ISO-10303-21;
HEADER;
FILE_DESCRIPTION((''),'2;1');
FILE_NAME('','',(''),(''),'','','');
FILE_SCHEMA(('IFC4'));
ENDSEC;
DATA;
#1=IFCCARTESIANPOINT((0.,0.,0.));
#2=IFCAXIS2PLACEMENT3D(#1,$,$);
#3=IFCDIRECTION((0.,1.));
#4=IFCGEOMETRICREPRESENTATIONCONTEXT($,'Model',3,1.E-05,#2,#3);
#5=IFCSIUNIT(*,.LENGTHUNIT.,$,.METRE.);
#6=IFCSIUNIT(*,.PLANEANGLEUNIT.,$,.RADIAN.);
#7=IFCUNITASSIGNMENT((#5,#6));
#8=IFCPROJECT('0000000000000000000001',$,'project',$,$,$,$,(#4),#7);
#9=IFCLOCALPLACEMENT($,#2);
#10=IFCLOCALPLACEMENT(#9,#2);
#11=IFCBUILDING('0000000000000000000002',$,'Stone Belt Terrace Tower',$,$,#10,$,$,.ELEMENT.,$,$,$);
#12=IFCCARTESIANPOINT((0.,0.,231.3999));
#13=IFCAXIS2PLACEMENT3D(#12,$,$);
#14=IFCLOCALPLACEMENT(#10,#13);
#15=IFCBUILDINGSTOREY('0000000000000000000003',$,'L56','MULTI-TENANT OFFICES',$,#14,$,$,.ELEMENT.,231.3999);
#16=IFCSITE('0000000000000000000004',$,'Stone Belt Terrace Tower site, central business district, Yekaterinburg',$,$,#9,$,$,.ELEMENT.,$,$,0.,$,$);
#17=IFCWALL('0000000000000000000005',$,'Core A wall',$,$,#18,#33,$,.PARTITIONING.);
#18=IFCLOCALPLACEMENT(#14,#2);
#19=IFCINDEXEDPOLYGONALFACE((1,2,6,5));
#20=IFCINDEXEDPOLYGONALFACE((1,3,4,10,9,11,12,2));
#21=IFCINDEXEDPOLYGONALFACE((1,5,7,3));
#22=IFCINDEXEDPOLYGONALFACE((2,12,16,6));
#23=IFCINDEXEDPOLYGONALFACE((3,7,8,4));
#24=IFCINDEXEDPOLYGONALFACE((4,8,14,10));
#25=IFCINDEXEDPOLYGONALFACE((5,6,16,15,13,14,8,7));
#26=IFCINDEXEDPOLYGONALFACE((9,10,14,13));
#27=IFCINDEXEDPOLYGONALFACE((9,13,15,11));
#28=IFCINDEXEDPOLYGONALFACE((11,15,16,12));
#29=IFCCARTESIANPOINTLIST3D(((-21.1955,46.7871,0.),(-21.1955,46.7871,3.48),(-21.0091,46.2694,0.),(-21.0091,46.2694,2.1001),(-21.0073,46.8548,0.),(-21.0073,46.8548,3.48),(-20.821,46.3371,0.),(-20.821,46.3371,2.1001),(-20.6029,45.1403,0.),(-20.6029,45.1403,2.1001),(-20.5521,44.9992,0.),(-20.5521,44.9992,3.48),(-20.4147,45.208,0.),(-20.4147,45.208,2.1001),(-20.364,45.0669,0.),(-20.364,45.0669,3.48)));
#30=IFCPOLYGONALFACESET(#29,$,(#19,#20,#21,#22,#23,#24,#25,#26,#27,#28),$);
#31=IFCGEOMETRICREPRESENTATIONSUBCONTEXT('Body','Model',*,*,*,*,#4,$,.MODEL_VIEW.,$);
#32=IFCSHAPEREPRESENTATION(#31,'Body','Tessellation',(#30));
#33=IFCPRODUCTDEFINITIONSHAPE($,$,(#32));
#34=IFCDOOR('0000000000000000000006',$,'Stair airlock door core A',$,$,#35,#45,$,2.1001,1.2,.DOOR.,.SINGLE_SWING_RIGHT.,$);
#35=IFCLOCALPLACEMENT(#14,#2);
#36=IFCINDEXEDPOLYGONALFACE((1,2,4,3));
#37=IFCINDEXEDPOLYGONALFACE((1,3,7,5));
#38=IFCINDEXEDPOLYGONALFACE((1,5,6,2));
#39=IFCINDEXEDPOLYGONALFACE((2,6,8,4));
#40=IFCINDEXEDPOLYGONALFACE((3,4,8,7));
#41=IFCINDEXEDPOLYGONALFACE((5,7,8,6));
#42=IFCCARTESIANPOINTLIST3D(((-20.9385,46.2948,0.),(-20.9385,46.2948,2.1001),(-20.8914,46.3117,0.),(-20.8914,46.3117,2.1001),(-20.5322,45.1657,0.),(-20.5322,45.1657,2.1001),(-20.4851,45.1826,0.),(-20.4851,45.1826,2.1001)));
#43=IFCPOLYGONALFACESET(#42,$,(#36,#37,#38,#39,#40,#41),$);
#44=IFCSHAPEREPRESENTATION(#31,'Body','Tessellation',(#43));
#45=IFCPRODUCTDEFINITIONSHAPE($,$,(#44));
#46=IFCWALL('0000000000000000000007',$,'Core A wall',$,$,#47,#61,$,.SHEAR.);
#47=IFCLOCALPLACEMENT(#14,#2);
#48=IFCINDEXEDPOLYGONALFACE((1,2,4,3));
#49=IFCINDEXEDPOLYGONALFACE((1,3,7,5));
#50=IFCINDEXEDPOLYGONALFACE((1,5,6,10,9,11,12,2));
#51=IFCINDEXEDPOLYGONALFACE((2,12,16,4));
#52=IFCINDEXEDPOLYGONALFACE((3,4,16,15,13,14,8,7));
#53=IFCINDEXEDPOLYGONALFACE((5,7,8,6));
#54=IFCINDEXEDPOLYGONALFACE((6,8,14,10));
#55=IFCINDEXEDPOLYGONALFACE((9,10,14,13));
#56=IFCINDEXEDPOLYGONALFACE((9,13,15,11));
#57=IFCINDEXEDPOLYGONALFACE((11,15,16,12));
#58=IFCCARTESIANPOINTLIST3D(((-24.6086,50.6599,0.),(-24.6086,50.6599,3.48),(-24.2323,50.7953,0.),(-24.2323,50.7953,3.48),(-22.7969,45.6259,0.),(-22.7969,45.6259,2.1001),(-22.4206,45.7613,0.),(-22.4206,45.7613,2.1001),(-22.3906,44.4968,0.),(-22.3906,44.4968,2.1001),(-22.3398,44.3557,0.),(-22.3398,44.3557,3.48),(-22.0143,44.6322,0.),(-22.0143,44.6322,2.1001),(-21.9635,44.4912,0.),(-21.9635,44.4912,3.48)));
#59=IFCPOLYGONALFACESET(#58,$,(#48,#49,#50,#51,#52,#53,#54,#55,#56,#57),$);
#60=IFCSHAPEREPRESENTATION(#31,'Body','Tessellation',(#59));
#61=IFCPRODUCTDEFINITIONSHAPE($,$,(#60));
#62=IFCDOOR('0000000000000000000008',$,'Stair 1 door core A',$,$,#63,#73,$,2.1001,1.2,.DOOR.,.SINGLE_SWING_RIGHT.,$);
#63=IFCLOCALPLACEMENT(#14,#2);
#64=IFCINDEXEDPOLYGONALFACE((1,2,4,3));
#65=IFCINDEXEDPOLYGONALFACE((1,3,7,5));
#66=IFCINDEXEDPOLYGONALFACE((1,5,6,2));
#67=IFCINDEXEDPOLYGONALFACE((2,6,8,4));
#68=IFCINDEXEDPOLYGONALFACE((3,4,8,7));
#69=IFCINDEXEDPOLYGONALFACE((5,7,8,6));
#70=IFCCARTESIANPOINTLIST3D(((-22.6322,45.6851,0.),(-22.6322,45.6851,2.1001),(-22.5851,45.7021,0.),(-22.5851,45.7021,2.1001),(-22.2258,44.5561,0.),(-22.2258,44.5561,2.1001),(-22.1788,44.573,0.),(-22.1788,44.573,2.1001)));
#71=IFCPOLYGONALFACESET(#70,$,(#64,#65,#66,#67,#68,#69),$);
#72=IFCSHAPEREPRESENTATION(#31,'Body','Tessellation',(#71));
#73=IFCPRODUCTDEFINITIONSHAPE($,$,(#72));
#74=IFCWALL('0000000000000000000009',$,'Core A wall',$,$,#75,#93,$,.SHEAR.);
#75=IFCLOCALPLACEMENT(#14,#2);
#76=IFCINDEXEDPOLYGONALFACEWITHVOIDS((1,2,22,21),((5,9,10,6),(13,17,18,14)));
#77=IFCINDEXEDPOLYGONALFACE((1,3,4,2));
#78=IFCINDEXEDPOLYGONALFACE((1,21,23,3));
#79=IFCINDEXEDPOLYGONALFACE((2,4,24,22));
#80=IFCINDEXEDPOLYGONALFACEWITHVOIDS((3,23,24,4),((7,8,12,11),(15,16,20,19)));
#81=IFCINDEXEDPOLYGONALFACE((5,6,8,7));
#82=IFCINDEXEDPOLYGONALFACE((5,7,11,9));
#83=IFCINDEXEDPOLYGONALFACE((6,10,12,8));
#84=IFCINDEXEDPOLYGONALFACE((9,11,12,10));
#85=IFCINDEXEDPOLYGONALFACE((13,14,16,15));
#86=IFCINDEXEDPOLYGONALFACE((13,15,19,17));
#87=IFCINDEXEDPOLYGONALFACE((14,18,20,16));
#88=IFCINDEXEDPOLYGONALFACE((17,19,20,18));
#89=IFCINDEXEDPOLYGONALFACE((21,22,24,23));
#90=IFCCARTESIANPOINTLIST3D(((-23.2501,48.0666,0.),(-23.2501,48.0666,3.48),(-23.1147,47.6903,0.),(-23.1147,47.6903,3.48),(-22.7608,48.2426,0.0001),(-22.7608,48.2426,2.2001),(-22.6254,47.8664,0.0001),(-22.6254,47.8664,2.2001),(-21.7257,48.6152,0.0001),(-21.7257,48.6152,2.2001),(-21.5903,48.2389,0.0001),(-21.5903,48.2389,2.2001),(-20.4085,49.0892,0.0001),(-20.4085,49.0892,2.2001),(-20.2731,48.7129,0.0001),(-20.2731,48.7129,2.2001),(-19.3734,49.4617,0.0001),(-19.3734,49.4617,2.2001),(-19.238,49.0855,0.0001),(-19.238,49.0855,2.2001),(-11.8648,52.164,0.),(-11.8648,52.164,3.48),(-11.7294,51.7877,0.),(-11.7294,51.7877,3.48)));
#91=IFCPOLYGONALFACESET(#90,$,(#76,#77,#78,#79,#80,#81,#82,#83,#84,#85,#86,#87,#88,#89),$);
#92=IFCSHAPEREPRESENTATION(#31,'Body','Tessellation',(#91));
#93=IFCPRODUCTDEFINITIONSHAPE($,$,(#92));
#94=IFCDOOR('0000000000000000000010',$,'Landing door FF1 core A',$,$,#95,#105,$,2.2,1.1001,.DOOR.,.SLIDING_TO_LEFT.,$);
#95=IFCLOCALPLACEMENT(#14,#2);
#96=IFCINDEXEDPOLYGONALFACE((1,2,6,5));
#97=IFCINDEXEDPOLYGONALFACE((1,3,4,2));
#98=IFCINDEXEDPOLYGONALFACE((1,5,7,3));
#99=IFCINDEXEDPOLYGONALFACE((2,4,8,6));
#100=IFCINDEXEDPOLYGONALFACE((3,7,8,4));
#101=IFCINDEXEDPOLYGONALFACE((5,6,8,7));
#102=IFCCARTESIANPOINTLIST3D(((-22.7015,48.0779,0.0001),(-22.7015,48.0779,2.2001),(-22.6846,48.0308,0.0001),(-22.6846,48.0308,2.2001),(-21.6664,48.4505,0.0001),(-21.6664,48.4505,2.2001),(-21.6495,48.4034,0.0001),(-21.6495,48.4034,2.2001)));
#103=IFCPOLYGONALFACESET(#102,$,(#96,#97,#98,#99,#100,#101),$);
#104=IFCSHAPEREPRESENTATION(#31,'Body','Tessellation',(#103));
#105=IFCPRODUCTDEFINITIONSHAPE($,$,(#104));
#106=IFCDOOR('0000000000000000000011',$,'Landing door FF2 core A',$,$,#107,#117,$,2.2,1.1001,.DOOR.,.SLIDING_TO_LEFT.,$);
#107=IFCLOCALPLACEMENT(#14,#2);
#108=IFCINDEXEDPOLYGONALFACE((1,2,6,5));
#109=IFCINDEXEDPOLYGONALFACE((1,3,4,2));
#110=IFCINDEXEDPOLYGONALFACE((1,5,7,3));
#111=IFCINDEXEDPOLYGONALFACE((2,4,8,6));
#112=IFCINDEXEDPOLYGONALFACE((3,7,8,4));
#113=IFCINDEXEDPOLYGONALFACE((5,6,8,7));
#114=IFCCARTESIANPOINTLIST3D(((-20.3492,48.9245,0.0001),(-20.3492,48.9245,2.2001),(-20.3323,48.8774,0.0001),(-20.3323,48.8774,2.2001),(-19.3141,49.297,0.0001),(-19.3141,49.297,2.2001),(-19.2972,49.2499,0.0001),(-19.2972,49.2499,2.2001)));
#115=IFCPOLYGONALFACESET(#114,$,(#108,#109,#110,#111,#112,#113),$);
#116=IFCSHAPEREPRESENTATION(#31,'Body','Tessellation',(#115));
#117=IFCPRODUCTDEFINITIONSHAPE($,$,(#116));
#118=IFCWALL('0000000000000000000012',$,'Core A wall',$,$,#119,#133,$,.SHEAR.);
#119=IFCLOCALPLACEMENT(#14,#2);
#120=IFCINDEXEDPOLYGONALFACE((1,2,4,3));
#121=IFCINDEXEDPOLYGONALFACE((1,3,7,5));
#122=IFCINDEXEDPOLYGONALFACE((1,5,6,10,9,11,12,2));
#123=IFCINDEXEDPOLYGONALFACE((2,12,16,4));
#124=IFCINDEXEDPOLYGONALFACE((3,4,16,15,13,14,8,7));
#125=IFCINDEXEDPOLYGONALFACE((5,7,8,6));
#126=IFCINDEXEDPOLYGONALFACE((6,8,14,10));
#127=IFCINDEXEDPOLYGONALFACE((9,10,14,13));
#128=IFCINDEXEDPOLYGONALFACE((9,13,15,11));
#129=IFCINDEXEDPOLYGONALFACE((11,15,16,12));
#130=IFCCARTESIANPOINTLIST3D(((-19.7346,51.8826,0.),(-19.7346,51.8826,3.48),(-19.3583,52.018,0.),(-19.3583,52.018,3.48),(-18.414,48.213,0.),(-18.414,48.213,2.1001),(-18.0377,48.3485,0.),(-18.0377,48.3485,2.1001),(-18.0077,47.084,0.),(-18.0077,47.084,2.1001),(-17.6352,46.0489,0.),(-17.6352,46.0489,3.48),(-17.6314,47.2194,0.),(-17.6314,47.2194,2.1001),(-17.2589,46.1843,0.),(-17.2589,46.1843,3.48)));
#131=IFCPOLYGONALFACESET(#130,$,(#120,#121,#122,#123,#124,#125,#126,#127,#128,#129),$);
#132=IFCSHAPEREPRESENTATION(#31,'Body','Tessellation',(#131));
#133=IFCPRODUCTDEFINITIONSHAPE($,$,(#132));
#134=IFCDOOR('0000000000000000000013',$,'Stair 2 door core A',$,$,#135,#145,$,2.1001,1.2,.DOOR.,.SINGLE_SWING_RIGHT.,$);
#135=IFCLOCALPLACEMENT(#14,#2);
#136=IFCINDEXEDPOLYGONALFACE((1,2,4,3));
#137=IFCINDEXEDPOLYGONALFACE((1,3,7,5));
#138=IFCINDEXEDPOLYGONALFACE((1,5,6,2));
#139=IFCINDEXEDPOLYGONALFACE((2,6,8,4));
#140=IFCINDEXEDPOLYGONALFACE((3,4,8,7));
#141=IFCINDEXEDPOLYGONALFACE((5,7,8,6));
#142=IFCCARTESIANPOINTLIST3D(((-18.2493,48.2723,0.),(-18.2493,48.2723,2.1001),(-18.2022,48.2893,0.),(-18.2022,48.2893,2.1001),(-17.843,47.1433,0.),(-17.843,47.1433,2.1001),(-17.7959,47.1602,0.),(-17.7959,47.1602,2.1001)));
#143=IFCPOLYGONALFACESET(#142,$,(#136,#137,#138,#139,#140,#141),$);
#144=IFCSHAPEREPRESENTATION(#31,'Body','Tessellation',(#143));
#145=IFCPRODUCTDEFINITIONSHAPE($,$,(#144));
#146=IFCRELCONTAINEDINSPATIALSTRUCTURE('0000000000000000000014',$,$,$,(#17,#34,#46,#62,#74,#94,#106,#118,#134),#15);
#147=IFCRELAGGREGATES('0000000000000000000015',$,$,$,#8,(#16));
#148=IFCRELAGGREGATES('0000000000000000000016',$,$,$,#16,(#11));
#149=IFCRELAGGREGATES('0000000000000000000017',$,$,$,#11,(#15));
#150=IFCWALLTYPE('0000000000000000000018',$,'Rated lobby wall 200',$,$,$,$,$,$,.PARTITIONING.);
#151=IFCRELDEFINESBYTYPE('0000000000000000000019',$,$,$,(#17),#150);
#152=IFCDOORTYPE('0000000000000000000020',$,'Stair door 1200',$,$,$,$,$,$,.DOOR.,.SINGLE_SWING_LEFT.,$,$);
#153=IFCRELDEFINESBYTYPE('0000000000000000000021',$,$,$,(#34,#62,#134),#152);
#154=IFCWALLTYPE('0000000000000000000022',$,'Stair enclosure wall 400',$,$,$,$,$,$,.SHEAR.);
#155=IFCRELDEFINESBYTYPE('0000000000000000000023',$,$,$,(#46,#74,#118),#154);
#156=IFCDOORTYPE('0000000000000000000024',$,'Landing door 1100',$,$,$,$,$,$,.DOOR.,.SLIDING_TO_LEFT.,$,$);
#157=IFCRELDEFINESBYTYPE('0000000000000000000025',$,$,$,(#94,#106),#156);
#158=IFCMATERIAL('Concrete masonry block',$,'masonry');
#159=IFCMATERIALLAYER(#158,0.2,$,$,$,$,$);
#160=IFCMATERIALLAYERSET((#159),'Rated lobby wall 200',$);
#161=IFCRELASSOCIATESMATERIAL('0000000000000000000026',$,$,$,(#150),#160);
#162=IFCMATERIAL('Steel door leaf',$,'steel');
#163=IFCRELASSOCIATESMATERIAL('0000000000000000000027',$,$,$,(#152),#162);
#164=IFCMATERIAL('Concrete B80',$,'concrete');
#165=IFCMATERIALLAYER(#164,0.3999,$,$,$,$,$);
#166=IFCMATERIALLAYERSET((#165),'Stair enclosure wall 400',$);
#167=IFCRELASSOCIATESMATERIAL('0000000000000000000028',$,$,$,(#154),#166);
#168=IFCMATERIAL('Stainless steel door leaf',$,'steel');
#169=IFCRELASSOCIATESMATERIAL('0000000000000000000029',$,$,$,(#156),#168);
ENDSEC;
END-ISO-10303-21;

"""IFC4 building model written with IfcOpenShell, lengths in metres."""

from ifc_helpers import new_model, si_unit, direction, frame, frame_2d, origin, place, context, subcontext, project, spatial, rectangle, extrude, material, layer, layer_set, type_object, element, fill, save


model = new_model("IFC4")

# Units and contexts
model_context = context("Model", 3, precision=1e-05, world=origin(), true_north=direction((0.0, 1.0)))
body_context = subcontext(model_context, "Body", "Model", "MODEL_VIEW")
ifc_project = project(units=[si_unit("LENGTHUNIT", "METRE"), si_unit("PLANEANGLEUNIT", "RADIAN")], contexts=[model_context])

# Site, building, storey
site_placement = place(None, origin())
site = spatial("IfcSite", under=ifc_project, at=site_placement, Name="Stone Belt Terrace Tower site, central business district, Yekaterinburg", CompositionType="ELEMENT", RefElevation=0.0)
building_placement = place(site_placement, origin())
building = spatial("IfcBuilding", under=site, at=building_placement, Name="Stone Belt Terrace Tower", CompositionType="ELEMENT")
storey_placement = place(building_placement, frame((0.0, 0.0, 231.3999)))
storey = spatial("IfcBuildingStorey", under=building, at=storey_placement, Name="L56", Description="MULTI-TENANT OFFICES", CompositionType="ELEMENT", Elevation=231.3999)

# Shared definitions
ifc_material_1 = material(Name="Concrete masonry block", Category="masonry")
ifc_layer_1 = layer(ifc_material_1, 0.2)
ifc_layer_set_1 = layer_set([ifc_layer_1], Name="Rated lobby wall 200")
wall_type_1 = type_object("IfcWallType", Name="Rated lobby wall 200", PredefinedType="PARTITIONING", material=ifc_layer_set_1)

# Walls, openings, doors
wall_1_placement = place(storey_placement, frame((-20.458, 45.033, 0.0), z_axis=(0.0, 0.0, 1.0), x_axis=(-0.338574, 0.94094, 0.0)))
wall_1 = element("IfcWall", 1, at=wall_1_placement, inside=storey, type_object=wall_type_1, Name="Core A wall", PredefinedType="PARTITIONING", context=body_context, shape_type="SweptSolid", body=[
    extrude(rectangle(XDim=1.9001, YDim=0.2, at=frame_2d((0.9502, 0.0))), origin(), (0.0, 0.0, 1.0), 3.48),
])
opening_1_placement = place(wall_1_placement, frame((0.1499, 0.0, 0.0)))
opening_1 = element("IfcOpeningElement", 2, at=opening_1_placement, cuts=wall_1, PredefinedType="OPENING", context=body_context, shape_type="SweptSolid", body=[
    extrude(rectangle(XDim=1.2, YDim=2.1001, at=frame_2d((0.6001, 1.05))), frame((0.0, 0.1099, 0.0), z_axis=(0.0, -1.0, 0.0), x_axis=(1.0, 0.0, 0.0)), (0.0, 0.0, 1.0), 0.22),
])
ifc_material_2 = material(Name="Steel door leaf", Category="steel")
door_type_1 = type_object("IfcDoorType", Name="Stair door 1200", OperationType="SINGLE_SWING_LEFT", PredefinedType="DOOR", material=ifc_material_2)
door_1_placement = place(opening_1_placement, origin())
door_1 = element("IfcDoor", 3, at=door_1_placement, inside=storey, type_object=door_type_1, Name="Stair airlock door core A", OperationType="SINGLE_SWING_RIGHT", OverallHeight=2.1001, OverallWidth=1.2, PredefinedType="DOOR", context=body_context, shape_type="SweptSolid", body=[
    extrude(rectangle(XDim=1.2, YDim=2.1001, at=frame_2d((0.6001, 1.05))), frame((0.0, 0.0249, 0.0), z_axis=(0.0, -1.0, 0.0), x_axis=(1.0, 0.0, 0.0)), (0.0, 0.0, 1.0), 0.05),
])
fill(opening_1, door_1)
ifc_material_3 = material(Name="Concrete B80", Category="concrete")
ifc_layer_2 = layer(ifc_material_3, 0.3999)
ifc_layer_set_2 = layer_set([ifc_layer_2], Name="Stair enclosure wall 400")
wall_type_2 = type_object("IfcWallType", Name="Stair enclosure wall 400", PredefinedType="SHEAR", material=ifc_layer_set_2)
wall_2_placement = place(storey_placement, frame((-22.1516, 44.4233, 0.0), z_axis=(0.0, 0.0, 1.0), x_axis=(-0.338625, 0.940921, 0.0)))
wall_2 = element("IfcWall", 4, at=wall_2_placement, inside=storey, type_object=wall_type_2, Name="Core A wall", PredefinedType="SHEAR", context=body_context, shape_type="SweptSolid", body=[
    extrude(rectangle(XDim=6.7, YDim=0.3999, at=frame_2d((3.3501, 0.0))), origin(), (0.0, 0.0, 1.0), 3.48),
])
opening_2_placement = place(wall_2_placement, frame((0.1499, 0.0, 0.0)))
opening_2 = element("IfcOpeningElement", 5, at=opening_2_placement, cuts=wall_2, PredefinedType="OPENING", context=body_context, shape_type="SweptSolid", body=[
    extrude(rectangle(XDim=1.2, YDim=2.1001, at=frame_2d((0.6001, 1.05))), frame((0.0, 0.21, 0.0), z_axis=(0.0, -1.0, 0.0), x_axis=(1.0, 0.0, 0.0)), (0.0, 0.0, 1.0), 0.4199),
])
door_2_placement = place(opening_2_placement, origin())
door_2 = element("IfcDoor", 6, at=door_2_placement, inside=storey, type_object=door_type_1, Name="Stair 1 door core A", OperationType="SINGLE_SWING_RIGHT", OverallHeight=2.1001, OverallWidth=1.2, PredefinedType="DOOR", context=body_context, shape_type="SweptSolid", body=[
    extrude(rectangle(XDim=1.2, YDim=2.1001, at=frame_2d((0.6001, 1.05))), frame((0.0, 0.0249, 0.0), z_axis=(0.0, -1.0, 0.0), x_axis=(1.0, 0.0, 0.0)), (0.0, 0.0, 1.0), 0.05),
])
fill(opening_2, door_2)

# Wall, openings, doors
wall_3_placement = place(storey_placement, frame((-23.1824, 47.8784, 0.0), z_axis=(0.0, 0.0, 1.0), x_axis=(0.940921, 0.338626, 0.0)))
wall_3 = element("IfcWall", 7, at=wall_3_placement, inside=storey, type_object=wall_type_2, Name="Core A wall", PredefinedType="SHEAR", context=body_context, shape_type="SweptSolid", body=[
    extrude(rectangle(XDim=12.1001, YDim=0.3999, at=frame_2d((6.05, 0.0))), origin(), (0.0, 0.0, 1.0), 3.48),
])
opening_3_placement = place(wall_3_placement, frame((0.52, 0.0, 0.0)))
opening_3 = element("IfcOpeningElement", 8, at=opening_3_placement, cuts=wall_3, PredefinedType="OPENING", context=body_context, shape_type="SweptSolid", body=[
    extrude(rectangle(XDim=1.1001, YDim=2.2, at=frame_2d((0.55, 1.1001))), frame((0.0, 0.21, 0.0), z_axis=(0.0, -1.0, 0.0), x_axis=(1.0, 0.0, 0.0)), (0.0, 0.0, 1.0), 0.4199),
])
opening_4_placement = place(wall_3_placement, frame((3.02, 0.0, 0.0)))
opening_4 = element("IfcOpeningElement", 9, at=opening_4_placement, cuts=wall_3, PredefinedType="OPENING", context=body_context, shape_type="SweptSolid", body=[
    extrude(rectangle(XDim=1.1001, YDim=2.2, at=frame_2d((0.55, 1.1001))), frame((0.0, 0.21, 0.0), z_axis=(0.0, -1.0, 0.0), x_axis=(1.0, 0.0, 0.0)), (0.0, 0.0, 1.0), 0.4199),
])
ifc_material_4 = material(Name="Stainless steel door leaf", Category="steel")
door_type_2 = type_object("IfcDoorType", Name="Landing door 1100", OperationType="SLIDING_TO_LEFT", PredefinedType="DOOR", material=ifc_material_4)
door_3_placement = place(opening_3_placement, origin())
door_3 = element("IfcDoor", 10, at=door_3_placement, inside=storey, type_object=door_type_2, Name="Landing door FF1 core A", OperationType="SLIDING_TO_LEFT", OverallHeight=2.2, OverallWidth=1.1001, PredefinedType="DOOR", context=body_context, shape_type="SweptSolid", body=[
    extrude(rectangle(XDim=1.1001, YDim=2.2, at=frame_2d((0.55, 1.1001))), frame((0.0, 0.0249, 0.0), z_axis=(0.0, -1.0, 0.0), x_axis=(1.0, 0.0, 0.0)), (0.0, 0.0, 1.0), 0.05),
])
fill(opening_3, door_3)
door_4_placement = place(opening_4_placement, origin())
door_4 = element("IfcDoor", 11, at=door_4_placement, inside=storey, type_object=door_type_2, Name="Landing door FF2 core A", OperationType="SLIDING_TO_LEFT", OverallHeight=2.2, OverallWidth=1.1001, PredefinedType="DOOR", context=body_context, shape_type="SweptSolid", body=[
    extrude(rectangle(XDim=1.1001, YDim=2.2, at=frame_2d((0.55, 1.1001))), frame((0.0, 0.0249, 0.0), z_axis=(0.0, -1.0, 0.0), x_axis=(1.0, 0.0, 0.0)), (0.0, 0.0, 1.0), 0.05),
])
fill(opening_4, door_4)

# Wall, opening, door
wall_4_placement = place(storey_placement, frame((-17.447, 46.1165, 0.0), z_axis=(0.0, 0.0, 1.0), x_axis=(-0.338608, 0.940928, 0.0)))
wall_4 = element("IfcWall", 12, at=wall_4_placement, inside=storey, type_object=wall_type_2, Name="Core A wall", PredefinedType="SHEAR", context=body_context, shape_type="SweptSolid", body=[
    extrude(rectangle(XDim=6.2, YDim=0.3999, at=frame_2d((3.1001, 0.0))), origin(), (0.0, 0.0, 1.0), 3.48),
])
opening_5_placement = place(wall_4_placement, frame((1.1001, 0.0, 0.0)))
opening_5 = element("IfcOpeningElement", 13, at=opening_5_placement, cuts=wall_4, PredefinedType="OPENING", context=body_context, shape_type="SweptSolid", body=[
    extrude(rectangle(XDim=1.2, YDim=2.1001, at=frame_2d((0.6001, 1.05))), frame((0.0, 0.21, 0.0), z_axis=(0.0, -1.0, 0.0), x_axis=(1.0, 0.0, 0.0)), (0.0, 0.0, 1.0), 0.4199),
])
door_5_placement = place(opening_5_placement, origin())
door_5 = element("IfcDoor", 14, at=door_5_placement, inside=storey, type_object=door_type_1, Name="Stair 2 door core A", OperationType="SINGLE_SWING_RIGHT", OverallHeight=2.1001, OverallWidth=1.2, PredefinedType="DOOR", context=body_context, shape_type="SweptSolid", body=[
    extrude(rectangle(XDim=1.2, YDim=2.1001, at=frame_2d((0.6001, 1.05))), frame((0.0, 0.0249, 0.0), z_axis=(0.0, -1.0, 0.0), x_axis=(1.0, 0.0, 0.0)), (0.0, 0.0, 1.0), 0.05),
])
fill(opening_5, door_5)

save(model, "model.ifc")
